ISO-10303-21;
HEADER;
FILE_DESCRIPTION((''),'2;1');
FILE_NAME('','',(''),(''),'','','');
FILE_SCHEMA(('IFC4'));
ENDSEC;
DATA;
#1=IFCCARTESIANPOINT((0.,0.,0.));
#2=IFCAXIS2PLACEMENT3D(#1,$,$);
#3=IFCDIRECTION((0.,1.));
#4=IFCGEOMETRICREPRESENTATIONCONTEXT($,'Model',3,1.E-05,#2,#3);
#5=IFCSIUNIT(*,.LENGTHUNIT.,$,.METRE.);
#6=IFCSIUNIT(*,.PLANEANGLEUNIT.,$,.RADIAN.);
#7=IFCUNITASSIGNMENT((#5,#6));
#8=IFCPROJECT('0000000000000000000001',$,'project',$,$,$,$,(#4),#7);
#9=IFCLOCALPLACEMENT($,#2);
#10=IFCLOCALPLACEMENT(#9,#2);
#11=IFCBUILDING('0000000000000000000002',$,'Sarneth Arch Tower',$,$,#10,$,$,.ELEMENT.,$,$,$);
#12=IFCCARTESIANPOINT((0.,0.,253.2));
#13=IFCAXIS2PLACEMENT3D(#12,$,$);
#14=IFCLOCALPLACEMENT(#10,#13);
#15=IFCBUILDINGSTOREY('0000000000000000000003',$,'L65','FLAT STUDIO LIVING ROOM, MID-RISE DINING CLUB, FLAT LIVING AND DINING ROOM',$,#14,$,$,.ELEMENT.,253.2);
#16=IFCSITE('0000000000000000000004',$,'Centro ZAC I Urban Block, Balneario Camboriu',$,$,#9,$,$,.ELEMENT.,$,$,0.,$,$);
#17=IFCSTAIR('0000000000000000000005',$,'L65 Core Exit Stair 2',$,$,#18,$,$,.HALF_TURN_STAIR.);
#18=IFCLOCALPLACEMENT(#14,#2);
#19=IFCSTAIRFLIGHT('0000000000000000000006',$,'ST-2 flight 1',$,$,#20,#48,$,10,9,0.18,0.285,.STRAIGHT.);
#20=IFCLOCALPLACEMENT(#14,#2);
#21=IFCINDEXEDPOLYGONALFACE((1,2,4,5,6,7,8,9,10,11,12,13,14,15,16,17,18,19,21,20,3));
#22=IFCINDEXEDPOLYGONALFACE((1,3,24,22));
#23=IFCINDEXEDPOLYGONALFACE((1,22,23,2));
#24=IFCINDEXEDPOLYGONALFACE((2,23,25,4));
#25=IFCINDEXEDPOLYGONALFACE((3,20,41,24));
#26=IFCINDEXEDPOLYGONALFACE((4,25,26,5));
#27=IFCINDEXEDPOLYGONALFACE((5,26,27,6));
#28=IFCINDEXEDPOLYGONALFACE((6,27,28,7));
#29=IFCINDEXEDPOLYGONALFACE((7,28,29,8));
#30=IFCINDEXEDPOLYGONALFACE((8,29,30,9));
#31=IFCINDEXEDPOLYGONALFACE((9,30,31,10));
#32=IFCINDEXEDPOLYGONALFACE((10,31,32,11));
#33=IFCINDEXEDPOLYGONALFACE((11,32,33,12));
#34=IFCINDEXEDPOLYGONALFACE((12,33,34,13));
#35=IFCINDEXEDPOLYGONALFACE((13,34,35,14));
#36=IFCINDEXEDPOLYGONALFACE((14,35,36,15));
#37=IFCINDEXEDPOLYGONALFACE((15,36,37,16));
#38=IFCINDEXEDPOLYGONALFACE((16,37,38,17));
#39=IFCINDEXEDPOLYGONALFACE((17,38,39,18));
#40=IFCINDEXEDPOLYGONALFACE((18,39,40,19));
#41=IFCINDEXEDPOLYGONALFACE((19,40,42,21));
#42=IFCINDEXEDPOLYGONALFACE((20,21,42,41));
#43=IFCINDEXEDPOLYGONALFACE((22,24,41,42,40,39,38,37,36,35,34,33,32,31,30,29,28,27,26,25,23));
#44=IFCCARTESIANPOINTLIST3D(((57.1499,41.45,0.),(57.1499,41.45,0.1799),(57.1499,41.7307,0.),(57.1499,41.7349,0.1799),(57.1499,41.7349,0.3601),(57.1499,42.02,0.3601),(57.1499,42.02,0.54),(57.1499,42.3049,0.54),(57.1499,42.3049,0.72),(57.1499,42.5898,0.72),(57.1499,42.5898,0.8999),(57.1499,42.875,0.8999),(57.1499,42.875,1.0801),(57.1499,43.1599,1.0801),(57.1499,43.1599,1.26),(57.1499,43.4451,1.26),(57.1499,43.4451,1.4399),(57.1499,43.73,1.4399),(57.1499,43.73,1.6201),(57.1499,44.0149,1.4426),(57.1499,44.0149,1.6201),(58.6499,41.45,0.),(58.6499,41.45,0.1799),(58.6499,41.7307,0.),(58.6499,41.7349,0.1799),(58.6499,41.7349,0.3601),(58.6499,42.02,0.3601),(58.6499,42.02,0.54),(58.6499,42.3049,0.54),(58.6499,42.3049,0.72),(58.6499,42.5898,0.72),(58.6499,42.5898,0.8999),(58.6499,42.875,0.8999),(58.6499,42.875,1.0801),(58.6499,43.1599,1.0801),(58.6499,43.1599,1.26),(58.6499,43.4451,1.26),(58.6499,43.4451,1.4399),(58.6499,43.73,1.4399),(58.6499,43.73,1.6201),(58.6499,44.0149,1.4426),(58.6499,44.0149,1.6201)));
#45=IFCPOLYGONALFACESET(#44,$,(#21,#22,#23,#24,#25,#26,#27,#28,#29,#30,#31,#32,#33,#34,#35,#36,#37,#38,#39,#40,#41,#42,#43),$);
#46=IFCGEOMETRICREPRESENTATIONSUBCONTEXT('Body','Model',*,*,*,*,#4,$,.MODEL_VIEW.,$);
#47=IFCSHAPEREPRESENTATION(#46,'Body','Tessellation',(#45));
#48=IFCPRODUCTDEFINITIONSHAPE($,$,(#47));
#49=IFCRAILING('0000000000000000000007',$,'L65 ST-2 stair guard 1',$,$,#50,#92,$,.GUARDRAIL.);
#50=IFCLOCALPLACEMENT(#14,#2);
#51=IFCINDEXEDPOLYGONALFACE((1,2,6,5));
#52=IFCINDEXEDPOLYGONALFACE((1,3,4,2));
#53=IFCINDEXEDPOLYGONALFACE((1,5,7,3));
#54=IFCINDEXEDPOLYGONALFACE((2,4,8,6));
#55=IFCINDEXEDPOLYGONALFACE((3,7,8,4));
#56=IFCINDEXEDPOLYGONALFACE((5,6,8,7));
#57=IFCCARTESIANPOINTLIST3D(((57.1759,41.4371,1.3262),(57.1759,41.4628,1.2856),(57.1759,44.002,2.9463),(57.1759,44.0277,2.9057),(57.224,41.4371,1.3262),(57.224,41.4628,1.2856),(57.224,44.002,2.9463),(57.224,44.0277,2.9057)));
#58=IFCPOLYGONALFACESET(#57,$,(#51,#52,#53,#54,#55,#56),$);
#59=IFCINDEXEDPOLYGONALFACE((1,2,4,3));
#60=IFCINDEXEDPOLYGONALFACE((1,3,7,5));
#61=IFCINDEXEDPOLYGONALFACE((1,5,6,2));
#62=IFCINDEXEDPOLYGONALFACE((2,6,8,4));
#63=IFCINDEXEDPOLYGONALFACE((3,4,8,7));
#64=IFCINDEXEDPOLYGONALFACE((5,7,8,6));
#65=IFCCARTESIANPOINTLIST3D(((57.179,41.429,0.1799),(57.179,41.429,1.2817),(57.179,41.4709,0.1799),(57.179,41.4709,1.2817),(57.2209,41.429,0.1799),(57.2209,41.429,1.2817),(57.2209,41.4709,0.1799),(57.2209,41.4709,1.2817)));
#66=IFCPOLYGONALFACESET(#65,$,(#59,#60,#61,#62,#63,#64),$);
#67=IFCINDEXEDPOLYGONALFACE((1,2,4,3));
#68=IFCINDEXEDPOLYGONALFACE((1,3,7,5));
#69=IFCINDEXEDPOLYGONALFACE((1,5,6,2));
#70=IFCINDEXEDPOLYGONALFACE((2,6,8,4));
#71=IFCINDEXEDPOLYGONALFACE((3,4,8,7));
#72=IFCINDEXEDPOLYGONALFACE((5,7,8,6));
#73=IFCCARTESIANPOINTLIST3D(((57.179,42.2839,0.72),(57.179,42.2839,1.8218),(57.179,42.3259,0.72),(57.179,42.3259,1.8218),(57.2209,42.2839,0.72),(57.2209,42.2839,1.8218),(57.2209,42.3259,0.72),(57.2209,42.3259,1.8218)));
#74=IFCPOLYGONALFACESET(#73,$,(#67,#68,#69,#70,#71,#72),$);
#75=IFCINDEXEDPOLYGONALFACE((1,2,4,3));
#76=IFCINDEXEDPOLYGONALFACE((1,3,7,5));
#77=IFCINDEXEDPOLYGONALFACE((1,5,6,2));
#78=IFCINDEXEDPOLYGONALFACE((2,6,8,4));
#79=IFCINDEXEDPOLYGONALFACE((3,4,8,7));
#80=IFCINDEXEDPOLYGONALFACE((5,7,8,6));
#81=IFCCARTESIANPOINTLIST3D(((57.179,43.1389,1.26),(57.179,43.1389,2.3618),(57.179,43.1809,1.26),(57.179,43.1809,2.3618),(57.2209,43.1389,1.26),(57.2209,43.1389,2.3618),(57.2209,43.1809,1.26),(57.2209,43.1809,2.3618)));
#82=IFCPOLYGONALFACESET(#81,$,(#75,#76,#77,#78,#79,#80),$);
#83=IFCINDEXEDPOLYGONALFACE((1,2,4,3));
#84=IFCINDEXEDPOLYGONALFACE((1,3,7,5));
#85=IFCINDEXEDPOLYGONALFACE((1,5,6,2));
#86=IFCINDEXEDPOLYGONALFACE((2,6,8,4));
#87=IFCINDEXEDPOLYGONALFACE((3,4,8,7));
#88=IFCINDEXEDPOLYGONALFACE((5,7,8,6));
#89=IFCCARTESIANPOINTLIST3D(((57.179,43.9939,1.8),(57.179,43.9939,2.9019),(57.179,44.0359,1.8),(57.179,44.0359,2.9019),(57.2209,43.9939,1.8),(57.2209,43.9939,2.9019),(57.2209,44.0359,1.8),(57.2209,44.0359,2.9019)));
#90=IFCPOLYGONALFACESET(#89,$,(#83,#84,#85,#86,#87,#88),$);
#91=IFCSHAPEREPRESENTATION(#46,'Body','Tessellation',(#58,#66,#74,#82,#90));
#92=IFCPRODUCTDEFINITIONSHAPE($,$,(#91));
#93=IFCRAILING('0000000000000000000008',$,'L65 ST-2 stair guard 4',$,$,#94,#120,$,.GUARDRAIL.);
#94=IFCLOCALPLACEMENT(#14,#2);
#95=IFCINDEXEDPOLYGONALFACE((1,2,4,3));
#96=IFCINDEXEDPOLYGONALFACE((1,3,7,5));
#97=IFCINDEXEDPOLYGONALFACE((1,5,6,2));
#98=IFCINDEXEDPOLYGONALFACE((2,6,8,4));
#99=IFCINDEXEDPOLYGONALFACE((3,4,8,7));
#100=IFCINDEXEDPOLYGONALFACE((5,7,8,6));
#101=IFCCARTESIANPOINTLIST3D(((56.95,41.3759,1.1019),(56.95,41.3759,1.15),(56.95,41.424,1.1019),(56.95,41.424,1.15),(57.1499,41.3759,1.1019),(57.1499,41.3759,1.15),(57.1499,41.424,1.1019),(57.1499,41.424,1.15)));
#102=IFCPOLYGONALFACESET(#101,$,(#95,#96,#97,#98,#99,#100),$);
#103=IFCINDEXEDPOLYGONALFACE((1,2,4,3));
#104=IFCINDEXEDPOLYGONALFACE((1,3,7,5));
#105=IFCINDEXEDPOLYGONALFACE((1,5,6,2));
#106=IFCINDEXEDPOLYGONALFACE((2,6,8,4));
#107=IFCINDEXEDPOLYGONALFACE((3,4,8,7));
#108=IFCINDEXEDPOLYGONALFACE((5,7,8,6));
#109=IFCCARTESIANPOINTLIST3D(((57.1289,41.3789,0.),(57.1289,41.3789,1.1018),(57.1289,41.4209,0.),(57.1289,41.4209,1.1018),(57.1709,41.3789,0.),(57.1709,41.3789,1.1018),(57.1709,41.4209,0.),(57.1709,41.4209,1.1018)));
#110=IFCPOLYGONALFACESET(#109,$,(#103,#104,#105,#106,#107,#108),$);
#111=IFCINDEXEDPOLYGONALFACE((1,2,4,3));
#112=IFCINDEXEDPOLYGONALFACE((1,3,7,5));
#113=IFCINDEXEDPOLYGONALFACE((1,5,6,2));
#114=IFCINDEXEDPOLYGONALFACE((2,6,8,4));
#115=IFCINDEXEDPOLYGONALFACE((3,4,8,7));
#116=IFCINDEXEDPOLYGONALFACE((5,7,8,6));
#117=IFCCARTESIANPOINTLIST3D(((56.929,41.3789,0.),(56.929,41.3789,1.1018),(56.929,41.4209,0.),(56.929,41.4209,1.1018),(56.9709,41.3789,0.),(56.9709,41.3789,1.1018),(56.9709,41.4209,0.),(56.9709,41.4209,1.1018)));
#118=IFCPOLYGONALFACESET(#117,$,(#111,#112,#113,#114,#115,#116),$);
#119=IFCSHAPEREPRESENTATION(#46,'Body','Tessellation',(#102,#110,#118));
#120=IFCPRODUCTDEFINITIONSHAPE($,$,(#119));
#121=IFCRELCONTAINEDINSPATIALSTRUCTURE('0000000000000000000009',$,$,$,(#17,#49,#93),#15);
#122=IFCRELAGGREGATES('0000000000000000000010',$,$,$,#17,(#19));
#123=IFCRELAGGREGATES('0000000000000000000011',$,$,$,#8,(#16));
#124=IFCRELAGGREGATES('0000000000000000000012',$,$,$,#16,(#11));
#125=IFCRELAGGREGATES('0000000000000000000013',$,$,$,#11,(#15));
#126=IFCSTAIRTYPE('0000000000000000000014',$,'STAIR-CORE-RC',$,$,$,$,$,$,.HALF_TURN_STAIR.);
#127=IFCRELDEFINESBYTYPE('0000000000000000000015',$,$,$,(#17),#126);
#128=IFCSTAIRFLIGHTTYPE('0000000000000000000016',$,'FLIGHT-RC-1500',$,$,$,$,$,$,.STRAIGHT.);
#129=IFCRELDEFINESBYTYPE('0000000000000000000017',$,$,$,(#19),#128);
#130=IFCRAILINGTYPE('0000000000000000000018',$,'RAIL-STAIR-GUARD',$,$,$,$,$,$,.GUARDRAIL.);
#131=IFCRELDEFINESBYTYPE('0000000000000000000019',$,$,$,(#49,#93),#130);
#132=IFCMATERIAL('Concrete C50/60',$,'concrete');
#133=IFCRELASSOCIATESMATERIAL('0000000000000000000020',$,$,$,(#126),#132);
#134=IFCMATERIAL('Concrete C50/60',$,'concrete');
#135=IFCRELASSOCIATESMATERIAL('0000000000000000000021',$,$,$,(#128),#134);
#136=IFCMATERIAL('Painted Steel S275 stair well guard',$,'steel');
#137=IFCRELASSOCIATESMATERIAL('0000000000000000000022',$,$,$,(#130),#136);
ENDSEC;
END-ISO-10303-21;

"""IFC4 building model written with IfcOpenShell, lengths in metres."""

from ifc_helpers import new_model, si_unit, direction, frame, origin, origin_2d, place, context, subcontext, project, spatial, polyline, rectangle, outline, extrude, material, type_object, element, aggregate, save


model = new_model("IFC4")

# Units and contexts
model_context = context("Model", 3, precision=1e-05, world=origin(), true_north=direction((0.0, 1.0)))
body_context = subcontext(model_context, "Body", "Model", "MODEL_VIEW")
ifc_project = project(units=[si_unit("LENGTHUNIT", "METRE"), si_unit("PLANEANGLEUNIT", "RADIAN")], contexts=[model_context])

# Site, building, storey
site_placement = place(None, origin())
site = spatial("IfcSite", under=ifc_project, at=site_placement, Name="Centro ZAC I Urban Block, Balneario Camboriu", CompositionType="ELEMENT", RefElevation=0.0)
building_placement = place(site_placement, origin())
building = spatial("IfcBuilding", under=site, at=building_placement, Name="Sarneth Arch Tower", CompositionType="ELEMENT")
storey_placement = place(building_placement, frame((0.0, 0.0, 253.2)))
storey = spatial("IfcBuildingStorey", under=building, at=storey_placement, Name="L65", Description="FLAT STUDIO LIVING ROOM, MID-RISE DINING CLUB, FLAT LIVING AND DINING ROOM", CompositionType="ELEMENT", Elevation=253.2)

# Stair, stair flight
ifc_material_1 = material(Name="Concrete C50/60", Category="concrete")
stair_type = type_object("IfcStairType", Name="STAIR-CORE-RC", PredefinedType="HALF_TURN_STAIR", material=ifc_material_1)
stair_placement = place(storey_placement, origin())
stair = element("IfcStair", 1, at=stair_placement, inside=storey, type_object=stair_type, Name="L65 Core Exit Stair 2", PredefinedType="HALF_TURN_STAIR")
ifc_material_2 = material(Name="Concrete C50/60", Category="concrete")
stair_flight_type = type_object("IfcStairFlightType", Name="FLIGHT-RC-1500", PredefinedType="STRAIGHT", material=ifc_material_2)
stair_flight_placement = place(storey_placement, frame((57.8999, 41.45, 0.0), z_axis=(0.0, 0.0, 1.0), x_axis=(0.0, 1.0, 0.0)))
stair_flight = element("IfcStairFlight", 2, at=stair_flight_placement, type_object=stair_flight_type, Name="ST-2 flight 1", NumberOfRisers=10, NumberOfTreads=9, PredefinedType="STRAIGHT", RiserHeight=0.18, TreadLength=0.285, context=body_context, shape_type="SweptSolid", body=[
    extrude(outline(polyline([(0.0, 0.0), (0.0, 0.1799), (0.2849, 0.1799), (0.2849, 0.3601), (0.5701, 0.3601), (0.5701, 0.54), (0.855, 0.54), (0.855, 0.72), (1.1399, 0.72), (1.1399, 0.8999), (1.425, 0.8999), (1.425, 1.0801), (1.71, 1.0801), (1.71, 1.26), (1.9951, 1.26), (1.9951, 1.4399), (2.28, 1.4399), (2.28, 1.6201), (2.5649, 1.6201), (2.5649, 1.8), (2.5649, 1.4426), (0.2808, 0.0), (0.0, 0.0)])), frame((0.0, 0.75, 0.0), z_axis=(0.0, -1.0, 0.0), x_axis=(1.0, 0.0, 0.0)), (0.0, 0.0, 1.0), 1.5),
])
aggregate(stair, [stair_flight])

# Railings
ifc_material_3 = material(Name="Painted Steel S275 stair well guard", Category="steel")
railing_type = type_object("IfcRailingType", Name="RAIL-STAIR-GUARD", PredefinedType="GUARDRAIL", material=ifc_material_3)
railing_1_placement = place(storey_placement, frame((57.2, 41.45, 0.1799)))
element("IfcRailing", 3, at=railing_1_placement, inside=storey, type_object=railing_type, Name="L65 ST-2 stair guard 1", PredefinedType="GUARDRAIL", context=body_context, shape_type="SweptSolid", body=[
    extrude(rectangle(XDim=0.0481, YDim=0.0481, at=origin_2d()), frame((0.0, 0.0, 1.126), z_axis=(0.0, 0.845466, 0.534029), x_axis=(-1.0, 0.0, 0.0)), (0.0, 0.0, 1.0), 3.0337),
    extrude(rectangle(XDim=0.042, YDim=0.042, at=origin_2d()), origin(), (0.0, 0.0, 1.0), 1.1018),
    extrude(rectangle(XDim=0.042, YDim=0.042, at=origin_2d()), frame((0.0, 0.855, 0.54)), (0.0, 0.0, 1.0), 1.1018),
    extrude(rectangle(XDim=0.042, YDim=0.042, at=origin_2d()), frame((0.0, 1.71, 1.0801)), (0.0, 0.0, 1.0), 1.1018),
    extrude(rectangle(XDim=0.042, YDim=0.042, at=origin_2d()), frame((0.0, 2.5649, 1.6201)), (0.0, 0.0, 1.0), 1.1018),
])
railing_2_placement = place(storey_placement, frame((57.1499, 41.3999, 0.0)))
element("IfcRailing", 4, at=railing_2_placement, inside=storey, type_object=railing_type, Name="L65 ST-2 stair guard 4", PredefinedType="GUARDRAIL", context=body_context, shape_type="SweptSolid", body=[
    extrude(rectangle(XDim=0.0481, YDim=0.0481, at=origin_2d()), frame((0.0, 0.0, 1.126), z_axis=(-1.0, 0.0, 0.0), x_axis=(0.0, -1.0, 0.0)), (0.0, 0.0, 1.0), 0.2),
    extrude(rectangle(XDim=0.042, YDim=0.042, at=origin_2d()), origin(), (0.0, 0.0, 1.0), 1.1018),
    extrude(rectangle(XDim=0.042, YDim=0.042, at=origin_2d()), frame((-0.2, 0.0, 0.0)), (0.0, 0.0, 1.0), 1.1018),
])

save(model, "model.ifc")
